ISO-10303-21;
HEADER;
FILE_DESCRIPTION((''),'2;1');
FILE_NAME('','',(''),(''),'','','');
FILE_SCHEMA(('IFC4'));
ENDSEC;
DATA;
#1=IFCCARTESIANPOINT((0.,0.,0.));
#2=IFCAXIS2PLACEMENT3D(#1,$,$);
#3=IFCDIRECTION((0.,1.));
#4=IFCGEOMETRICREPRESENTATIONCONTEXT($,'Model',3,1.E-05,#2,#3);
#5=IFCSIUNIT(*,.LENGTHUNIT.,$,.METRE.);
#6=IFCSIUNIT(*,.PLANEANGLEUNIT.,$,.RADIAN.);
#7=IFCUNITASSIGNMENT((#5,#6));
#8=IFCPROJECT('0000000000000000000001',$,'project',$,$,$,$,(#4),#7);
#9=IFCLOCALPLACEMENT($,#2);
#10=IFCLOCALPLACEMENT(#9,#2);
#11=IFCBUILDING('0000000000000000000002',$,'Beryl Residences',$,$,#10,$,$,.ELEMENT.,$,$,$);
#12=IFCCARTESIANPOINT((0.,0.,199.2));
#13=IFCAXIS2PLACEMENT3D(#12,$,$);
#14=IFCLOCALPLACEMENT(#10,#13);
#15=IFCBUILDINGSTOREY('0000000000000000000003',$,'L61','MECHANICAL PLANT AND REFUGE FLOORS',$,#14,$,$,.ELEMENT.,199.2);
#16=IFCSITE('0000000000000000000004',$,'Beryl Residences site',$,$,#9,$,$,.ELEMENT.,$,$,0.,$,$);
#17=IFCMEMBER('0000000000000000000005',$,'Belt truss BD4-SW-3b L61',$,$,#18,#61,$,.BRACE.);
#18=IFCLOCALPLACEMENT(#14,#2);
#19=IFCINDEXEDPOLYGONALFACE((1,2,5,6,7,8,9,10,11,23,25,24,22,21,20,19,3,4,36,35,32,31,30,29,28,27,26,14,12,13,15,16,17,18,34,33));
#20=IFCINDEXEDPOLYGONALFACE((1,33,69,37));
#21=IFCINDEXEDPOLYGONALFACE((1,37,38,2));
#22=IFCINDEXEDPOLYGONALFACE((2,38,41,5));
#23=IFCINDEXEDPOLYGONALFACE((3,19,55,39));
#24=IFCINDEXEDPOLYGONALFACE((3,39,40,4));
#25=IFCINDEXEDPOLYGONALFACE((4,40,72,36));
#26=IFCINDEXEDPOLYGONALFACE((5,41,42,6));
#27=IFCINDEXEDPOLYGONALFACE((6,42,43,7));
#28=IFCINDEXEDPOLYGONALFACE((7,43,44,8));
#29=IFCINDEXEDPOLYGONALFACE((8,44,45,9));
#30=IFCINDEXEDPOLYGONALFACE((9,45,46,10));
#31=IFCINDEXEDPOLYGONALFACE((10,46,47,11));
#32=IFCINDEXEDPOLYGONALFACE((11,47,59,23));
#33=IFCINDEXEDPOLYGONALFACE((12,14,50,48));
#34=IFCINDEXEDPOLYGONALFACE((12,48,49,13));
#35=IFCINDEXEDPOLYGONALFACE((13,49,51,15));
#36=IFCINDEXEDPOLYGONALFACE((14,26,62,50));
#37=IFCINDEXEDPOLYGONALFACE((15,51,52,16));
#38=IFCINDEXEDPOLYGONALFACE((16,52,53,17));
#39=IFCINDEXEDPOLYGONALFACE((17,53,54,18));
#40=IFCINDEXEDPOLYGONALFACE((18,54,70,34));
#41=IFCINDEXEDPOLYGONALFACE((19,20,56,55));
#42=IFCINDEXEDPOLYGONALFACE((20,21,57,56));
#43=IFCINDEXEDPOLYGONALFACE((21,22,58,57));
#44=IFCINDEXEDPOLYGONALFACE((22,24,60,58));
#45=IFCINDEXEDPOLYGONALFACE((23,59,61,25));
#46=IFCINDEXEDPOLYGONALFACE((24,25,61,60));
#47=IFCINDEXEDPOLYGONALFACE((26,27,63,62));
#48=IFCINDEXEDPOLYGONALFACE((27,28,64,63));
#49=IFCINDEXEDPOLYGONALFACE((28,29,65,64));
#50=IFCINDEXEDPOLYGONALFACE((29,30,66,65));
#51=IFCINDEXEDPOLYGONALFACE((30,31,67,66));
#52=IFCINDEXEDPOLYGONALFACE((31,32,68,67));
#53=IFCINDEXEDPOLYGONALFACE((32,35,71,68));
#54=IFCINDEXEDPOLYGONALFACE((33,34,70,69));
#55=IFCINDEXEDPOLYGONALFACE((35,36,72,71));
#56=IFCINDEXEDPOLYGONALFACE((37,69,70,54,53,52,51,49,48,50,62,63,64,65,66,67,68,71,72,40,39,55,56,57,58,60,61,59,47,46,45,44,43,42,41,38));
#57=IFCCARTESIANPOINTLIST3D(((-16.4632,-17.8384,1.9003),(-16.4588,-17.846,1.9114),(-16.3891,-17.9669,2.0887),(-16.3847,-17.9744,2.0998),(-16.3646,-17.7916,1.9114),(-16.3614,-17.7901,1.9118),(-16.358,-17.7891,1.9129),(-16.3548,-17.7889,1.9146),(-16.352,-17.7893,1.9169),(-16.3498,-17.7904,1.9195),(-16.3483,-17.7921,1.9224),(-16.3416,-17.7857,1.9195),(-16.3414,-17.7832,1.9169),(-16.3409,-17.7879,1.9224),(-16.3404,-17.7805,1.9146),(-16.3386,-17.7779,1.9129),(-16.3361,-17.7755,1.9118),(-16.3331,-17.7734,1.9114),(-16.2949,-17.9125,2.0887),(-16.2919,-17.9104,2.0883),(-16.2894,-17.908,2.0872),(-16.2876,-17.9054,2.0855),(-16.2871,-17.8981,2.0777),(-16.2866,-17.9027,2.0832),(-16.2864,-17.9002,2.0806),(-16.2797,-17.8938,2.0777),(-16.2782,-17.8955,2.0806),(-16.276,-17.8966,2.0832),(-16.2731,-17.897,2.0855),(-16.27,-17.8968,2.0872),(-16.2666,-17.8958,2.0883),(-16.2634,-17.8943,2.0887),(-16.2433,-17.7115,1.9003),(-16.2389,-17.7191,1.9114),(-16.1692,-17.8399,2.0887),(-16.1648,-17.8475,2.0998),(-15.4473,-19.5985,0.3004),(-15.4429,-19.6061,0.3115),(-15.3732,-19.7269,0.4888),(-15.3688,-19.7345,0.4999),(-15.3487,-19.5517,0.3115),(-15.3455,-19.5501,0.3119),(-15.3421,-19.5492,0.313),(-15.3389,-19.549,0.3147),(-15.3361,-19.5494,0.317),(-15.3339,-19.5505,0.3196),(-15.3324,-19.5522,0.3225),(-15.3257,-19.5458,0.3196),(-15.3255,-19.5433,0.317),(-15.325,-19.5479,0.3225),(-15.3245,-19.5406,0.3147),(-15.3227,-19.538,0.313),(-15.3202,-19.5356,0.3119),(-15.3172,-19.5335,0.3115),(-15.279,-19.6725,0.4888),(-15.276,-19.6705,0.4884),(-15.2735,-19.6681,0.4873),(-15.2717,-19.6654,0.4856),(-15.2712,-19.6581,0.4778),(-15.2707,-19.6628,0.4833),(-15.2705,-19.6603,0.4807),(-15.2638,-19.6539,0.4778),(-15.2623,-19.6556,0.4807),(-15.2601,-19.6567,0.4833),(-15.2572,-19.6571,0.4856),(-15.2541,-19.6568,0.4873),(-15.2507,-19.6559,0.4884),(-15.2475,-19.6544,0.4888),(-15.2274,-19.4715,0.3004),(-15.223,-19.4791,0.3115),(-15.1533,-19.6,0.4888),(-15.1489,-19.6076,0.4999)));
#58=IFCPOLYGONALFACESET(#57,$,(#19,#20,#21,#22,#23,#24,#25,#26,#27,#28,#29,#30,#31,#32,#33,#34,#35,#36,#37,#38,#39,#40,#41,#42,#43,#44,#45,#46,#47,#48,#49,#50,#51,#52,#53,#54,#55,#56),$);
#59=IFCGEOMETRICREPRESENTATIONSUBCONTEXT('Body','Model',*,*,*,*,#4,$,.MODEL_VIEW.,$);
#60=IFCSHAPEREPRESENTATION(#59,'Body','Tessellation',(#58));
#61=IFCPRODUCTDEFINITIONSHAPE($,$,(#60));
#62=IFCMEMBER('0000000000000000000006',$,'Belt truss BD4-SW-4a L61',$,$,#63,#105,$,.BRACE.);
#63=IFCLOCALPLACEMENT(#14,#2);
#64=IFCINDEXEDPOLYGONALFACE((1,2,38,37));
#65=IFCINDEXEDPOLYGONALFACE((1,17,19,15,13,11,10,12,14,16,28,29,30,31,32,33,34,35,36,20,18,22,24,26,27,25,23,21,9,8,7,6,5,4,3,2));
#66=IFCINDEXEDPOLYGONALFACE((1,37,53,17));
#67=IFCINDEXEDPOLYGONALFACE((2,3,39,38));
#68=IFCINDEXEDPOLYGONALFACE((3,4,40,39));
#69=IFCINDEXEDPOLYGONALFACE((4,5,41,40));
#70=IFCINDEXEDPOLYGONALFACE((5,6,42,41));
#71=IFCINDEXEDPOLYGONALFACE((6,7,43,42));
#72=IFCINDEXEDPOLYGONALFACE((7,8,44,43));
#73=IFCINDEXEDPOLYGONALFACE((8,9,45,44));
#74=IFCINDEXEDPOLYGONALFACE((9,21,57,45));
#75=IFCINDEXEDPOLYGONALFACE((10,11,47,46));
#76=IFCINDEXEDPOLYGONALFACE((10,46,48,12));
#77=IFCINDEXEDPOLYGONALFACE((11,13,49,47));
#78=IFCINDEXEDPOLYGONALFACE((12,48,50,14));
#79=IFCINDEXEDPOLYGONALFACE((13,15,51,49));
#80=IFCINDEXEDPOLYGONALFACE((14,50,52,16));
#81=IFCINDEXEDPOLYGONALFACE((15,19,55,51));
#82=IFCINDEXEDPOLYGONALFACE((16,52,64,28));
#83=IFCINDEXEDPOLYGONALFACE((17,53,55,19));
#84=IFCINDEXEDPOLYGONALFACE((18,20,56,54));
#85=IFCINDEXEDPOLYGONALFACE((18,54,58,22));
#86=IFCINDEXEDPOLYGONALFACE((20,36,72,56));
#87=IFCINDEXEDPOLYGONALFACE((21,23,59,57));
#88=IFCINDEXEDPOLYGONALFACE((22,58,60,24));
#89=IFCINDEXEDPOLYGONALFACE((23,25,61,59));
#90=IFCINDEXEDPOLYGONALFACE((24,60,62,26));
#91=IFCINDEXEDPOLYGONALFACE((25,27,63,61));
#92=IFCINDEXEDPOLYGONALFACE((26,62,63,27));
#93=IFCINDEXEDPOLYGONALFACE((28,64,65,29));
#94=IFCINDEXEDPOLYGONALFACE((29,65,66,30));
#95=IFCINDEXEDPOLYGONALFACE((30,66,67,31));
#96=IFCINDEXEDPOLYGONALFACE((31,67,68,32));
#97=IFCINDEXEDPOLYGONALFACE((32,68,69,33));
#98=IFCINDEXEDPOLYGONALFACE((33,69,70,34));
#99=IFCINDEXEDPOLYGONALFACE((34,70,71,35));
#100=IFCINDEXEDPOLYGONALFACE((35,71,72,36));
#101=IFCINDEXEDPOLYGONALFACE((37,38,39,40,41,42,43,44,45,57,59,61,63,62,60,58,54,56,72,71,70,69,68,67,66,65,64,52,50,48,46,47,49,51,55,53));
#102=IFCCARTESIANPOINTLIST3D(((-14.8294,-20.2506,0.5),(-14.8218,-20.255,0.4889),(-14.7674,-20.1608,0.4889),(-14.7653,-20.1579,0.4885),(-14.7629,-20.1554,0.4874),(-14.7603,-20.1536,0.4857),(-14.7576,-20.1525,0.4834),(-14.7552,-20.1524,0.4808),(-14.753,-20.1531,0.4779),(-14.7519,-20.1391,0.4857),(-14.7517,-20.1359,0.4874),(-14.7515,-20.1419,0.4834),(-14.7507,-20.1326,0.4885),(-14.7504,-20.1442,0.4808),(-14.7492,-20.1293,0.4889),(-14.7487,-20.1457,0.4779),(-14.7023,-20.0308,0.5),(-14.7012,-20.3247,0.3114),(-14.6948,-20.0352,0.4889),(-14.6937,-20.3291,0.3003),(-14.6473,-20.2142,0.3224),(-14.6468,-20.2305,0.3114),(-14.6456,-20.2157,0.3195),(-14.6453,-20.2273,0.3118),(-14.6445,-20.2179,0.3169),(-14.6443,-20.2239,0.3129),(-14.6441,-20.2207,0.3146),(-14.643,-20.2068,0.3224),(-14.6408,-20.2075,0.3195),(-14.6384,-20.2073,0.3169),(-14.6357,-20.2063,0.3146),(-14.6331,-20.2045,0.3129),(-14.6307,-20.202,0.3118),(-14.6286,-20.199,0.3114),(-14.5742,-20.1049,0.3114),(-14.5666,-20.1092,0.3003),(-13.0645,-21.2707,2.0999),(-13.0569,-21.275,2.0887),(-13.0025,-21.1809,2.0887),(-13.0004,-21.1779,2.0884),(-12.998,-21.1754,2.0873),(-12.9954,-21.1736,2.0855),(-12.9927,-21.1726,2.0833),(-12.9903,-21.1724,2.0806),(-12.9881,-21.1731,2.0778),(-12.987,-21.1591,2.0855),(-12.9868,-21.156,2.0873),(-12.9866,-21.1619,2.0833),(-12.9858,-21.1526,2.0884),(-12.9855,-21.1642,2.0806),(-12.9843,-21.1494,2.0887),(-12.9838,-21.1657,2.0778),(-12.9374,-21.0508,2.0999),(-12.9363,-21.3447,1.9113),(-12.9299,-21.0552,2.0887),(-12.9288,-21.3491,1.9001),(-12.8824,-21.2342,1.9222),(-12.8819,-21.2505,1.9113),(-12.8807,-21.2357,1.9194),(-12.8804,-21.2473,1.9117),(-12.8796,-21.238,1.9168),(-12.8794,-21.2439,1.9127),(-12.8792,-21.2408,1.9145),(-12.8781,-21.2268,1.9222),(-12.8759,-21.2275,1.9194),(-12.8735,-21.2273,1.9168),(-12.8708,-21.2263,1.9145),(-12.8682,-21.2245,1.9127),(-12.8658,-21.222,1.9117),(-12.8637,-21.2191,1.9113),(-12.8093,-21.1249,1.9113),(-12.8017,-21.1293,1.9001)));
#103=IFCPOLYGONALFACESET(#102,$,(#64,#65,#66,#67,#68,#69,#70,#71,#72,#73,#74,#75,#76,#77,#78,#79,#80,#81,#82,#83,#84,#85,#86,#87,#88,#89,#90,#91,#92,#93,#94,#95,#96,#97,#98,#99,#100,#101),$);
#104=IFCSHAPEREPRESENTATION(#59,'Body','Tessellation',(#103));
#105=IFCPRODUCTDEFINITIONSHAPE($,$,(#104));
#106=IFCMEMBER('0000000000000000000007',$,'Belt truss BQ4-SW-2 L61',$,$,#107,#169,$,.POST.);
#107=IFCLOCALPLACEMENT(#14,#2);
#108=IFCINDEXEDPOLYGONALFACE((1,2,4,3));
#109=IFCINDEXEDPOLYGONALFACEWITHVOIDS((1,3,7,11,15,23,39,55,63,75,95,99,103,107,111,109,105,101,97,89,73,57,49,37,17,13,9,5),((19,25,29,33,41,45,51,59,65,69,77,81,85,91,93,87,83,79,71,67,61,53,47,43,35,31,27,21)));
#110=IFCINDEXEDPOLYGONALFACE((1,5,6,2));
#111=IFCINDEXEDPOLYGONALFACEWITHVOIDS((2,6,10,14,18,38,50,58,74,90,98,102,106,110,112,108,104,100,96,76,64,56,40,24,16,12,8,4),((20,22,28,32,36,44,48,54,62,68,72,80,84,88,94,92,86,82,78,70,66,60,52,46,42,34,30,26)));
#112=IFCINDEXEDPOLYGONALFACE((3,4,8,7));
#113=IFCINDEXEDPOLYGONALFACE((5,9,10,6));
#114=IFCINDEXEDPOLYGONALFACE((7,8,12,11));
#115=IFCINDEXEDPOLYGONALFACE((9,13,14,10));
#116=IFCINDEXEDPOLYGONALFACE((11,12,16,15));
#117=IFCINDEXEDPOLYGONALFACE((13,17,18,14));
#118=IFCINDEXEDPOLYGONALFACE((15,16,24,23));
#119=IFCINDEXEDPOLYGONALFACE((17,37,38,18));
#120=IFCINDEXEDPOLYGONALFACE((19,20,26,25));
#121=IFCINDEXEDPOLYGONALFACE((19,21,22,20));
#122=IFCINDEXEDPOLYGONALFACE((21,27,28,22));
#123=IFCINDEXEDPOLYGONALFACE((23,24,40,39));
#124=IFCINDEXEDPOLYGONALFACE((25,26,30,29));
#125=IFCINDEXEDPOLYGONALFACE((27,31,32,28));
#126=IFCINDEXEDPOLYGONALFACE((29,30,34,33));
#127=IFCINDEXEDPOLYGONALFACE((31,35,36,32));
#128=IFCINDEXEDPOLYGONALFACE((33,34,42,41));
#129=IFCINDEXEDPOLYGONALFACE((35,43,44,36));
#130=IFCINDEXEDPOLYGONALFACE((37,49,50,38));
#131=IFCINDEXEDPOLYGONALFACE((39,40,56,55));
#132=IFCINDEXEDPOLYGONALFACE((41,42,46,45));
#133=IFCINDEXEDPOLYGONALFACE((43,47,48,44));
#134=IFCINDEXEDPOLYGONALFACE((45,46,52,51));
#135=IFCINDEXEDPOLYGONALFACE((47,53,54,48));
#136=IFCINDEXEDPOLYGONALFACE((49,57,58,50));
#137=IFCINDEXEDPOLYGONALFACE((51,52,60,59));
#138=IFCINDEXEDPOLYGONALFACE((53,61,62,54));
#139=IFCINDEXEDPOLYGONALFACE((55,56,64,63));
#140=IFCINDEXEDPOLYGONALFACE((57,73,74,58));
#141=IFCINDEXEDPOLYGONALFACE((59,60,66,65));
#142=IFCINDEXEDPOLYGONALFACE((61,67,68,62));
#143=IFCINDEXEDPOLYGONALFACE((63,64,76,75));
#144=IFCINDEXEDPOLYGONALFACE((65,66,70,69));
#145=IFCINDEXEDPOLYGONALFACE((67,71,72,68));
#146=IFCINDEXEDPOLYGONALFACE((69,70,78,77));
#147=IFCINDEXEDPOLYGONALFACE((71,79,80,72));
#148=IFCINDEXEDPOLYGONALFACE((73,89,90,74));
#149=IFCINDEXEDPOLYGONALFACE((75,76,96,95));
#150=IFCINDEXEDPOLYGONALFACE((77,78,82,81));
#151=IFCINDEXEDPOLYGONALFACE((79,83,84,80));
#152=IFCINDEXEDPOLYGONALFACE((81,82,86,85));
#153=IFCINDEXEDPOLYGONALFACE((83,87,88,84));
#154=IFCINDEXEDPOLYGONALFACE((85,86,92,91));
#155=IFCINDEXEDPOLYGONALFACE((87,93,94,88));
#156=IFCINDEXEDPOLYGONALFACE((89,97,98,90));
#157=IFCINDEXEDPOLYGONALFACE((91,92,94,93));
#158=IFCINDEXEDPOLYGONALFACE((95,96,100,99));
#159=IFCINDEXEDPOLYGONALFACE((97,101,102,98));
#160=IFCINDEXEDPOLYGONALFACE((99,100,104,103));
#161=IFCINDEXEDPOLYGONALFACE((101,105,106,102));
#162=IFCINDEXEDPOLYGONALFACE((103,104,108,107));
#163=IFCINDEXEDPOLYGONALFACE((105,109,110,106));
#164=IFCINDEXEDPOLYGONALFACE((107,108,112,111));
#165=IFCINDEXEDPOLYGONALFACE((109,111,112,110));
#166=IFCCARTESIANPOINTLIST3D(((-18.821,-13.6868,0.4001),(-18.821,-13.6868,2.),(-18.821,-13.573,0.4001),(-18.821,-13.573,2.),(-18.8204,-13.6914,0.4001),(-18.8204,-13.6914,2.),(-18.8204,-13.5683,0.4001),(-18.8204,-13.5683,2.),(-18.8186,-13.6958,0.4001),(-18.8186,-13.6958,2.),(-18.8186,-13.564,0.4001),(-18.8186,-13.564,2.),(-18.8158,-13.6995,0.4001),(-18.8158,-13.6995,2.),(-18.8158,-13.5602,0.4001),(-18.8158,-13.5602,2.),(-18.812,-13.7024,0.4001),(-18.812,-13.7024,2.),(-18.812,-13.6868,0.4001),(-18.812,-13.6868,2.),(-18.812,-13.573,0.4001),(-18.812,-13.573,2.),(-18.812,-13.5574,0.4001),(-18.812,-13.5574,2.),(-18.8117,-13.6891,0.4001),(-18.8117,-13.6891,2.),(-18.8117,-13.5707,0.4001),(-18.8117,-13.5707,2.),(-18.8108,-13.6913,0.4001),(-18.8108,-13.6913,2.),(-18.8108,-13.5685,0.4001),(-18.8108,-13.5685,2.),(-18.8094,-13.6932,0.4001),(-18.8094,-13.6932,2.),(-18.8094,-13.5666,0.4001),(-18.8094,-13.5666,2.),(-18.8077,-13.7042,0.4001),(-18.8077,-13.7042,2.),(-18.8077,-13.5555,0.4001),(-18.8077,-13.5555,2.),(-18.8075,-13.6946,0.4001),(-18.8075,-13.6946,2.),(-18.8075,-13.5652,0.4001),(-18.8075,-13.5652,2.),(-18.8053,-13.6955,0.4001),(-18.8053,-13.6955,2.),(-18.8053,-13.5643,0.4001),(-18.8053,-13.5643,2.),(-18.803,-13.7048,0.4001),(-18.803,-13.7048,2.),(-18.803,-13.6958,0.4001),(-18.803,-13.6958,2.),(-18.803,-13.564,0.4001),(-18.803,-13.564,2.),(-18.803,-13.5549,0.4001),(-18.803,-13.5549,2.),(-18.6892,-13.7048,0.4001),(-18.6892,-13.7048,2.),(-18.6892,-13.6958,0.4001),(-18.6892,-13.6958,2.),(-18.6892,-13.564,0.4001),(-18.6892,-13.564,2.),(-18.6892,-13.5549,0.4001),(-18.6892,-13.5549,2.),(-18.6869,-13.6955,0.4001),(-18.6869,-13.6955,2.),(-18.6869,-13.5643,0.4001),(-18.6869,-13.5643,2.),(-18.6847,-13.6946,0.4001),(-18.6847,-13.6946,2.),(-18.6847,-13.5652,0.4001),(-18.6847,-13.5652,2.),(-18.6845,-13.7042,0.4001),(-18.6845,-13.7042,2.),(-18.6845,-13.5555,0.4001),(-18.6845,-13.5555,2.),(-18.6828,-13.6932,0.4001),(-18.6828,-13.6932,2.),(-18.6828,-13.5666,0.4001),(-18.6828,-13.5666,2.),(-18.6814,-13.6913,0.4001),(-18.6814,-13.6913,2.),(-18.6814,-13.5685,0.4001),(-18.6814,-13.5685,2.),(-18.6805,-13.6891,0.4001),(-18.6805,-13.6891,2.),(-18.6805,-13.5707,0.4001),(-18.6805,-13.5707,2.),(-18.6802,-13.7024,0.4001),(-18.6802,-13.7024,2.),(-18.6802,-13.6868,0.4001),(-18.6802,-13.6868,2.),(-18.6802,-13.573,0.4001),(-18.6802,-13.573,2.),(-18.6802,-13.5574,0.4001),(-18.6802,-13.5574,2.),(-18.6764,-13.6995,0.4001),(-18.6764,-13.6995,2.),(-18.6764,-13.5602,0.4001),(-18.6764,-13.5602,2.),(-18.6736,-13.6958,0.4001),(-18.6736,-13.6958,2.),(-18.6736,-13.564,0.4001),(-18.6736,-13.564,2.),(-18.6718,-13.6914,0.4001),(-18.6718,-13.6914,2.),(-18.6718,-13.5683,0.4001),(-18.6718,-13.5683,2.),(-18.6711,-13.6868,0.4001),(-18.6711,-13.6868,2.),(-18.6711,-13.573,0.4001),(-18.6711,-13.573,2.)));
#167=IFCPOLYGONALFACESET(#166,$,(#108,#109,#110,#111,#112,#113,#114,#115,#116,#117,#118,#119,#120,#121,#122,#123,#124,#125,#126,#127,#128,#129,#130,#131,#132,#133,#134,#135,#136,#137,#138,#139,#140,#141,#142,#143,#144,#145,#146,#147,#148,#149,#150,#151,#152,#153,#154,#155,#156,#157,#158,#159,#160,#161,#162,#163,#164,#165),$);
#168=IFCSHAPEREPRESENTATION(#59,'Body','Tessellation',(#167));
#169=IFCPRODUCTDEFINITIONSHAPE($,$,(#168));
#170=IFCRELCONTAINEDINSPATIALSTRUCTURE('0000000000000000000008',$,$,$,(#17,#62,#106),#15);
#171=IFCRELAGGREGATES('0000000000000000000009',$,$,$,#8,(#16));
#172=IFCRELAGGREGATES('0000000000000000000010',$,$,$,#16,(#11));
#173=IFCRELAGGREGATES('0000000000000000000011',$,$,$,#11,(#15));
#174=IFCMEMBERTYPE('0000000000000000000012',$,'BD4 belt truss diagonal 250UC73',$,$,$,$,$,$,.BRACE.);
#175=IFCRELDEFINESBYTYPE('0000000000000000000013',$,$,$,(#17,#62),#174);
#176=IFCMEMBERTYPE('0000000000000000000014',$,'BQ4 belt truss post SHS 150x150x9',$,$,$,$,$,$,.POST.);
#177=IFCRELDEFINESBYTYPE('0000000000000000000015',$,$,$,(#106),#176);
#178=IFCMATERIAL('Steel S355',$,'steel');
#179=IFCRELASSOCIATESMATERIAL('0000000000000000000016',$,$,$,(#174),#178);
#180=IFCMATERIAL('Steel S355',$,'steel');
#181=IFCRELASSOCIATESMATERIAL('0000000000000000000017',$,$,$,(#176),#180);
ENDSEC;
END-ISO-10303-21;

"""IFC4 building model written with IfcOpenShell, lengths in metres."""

from ifc_helpers import new_model, si_unit, direction, frame, origin, origin_2d, place, context, subcontext, project, spatial, hollow_rectangle, i_section, extrude, material, material_profile, profile_set, type_object, element, save


model = new_model("IFC4")

# Units and contexts
model_context = context("Model", 3, precision=1e-05, world=origin(), true_north=direction((0.0, 1.0)))
body_context = subcontext(model_context, "Body", "Model", "MODEL_VIEW")
ifc_project = project(units=[si_unit("LENGTHUNIT", "METRE"), si_unit("PLANEANGLEUNIT", "RADIAN")], contexts=[model_context])

# Site, building, storey
site_placement = place(None, origin())
site = spatial("IfcSite", under=ifc_project, at=site_placement, Name="Beryl Residences site", CompositionType="ELEMENT", RefElevation=0.0)
building_placement = place(site_placement, origin())
building = spatial("IfcBuilding", under=site, at=building_placement, Name="Beryl Residences", CompositionType="ELEMENT")
storey_placement = place(building_placement, frame((0.0, 0.0, 199.2)))
storey = spatial("IfcBuildingStorey", under=building, at=storey_placement, Name="L61", Description="MECHANICAL PLANT AND REFUGE FLOORS", CompositionType="ELEMENT", Elevation=199.2)

# Members
ifc_material_1 = material(Name="Steel S355", Category="steel")
ifc_material_profile_1 = material_profile(ifc_material_1, i_section(OverallWidth=0.2539, OverallDepth=0.2539, WebThickness=0.0085, FlangeThickness=0.0142, FilletRadius=0.0139, at=origin_2d()))
ifc_profile_set_1 = profile_set([ifc_material_profile_1], Name="Steel S355")
member_type_1 = type_object("IfcMemberType", Name="BD4 belt truss diagonal 250UC73", PredefinedType="BRACE", material=ifc_profile_set_1)
member_1_placement = place(storey_placement, frame((-15.2981, -19.603, 0.4001), z_axis=(-0.392782, 0.680502, 0.618578), x_axis=(-0.866084, -0.499899, 0.0)))
element("IfcMember", 1, at=member_1_placement, inside=storey, type_object=member_type_1, Name="Belt truss BD4-SW-3b L61", PredefinedType="BRACE", context=body_context, shape_type="SweptSolid", body=[
    extrude(i_section(OverallWidth=0.2539, OverallDepth=0.2539, WebThickness=0.0085, FlangeThickness=0.0142, FilletRadius=0.0139, at=origin_2d()), origin(), (0.0, 0.0, 1.0), 2.5864),
])
member_2_placement = place(storey_placement, frame((-14.698, -20.1799, 0.4001), z_axis=(0.681085, -0.393633, 0.617395), x_axis=(0.500389, 0.865801, 0.0)))
element("IfcMember", 2, at=member_2_placement, inside=storey, type_object=member_type_1, Name="Belt truss BD4-SW-4a L61", PredefinedType="BRACE", context=body_context, shape_type="SweptSolid", body=[
    extrude(i_section(OverallWidth=0.2539, OverallDepth=0.2539, WebThickness=0.0085, FlangeThickness=0.0142, FilletRadius=0.0139, at=origin_2d()), origin(), (0.0, 0.0, 1.0), 2.5913),
])
ifc_material_2 = material(Name="Steel S355", Category="steel")
ifc_material_profile_2 = material_profile(ifc_material_2, hollow_rectangle(XDim=0.1499, YDim=0.1499, WallThickness=0.009, InnerFilletRadius=0.009, OuterFilletRadius=0.0181, at=origin_2d()))
ifc_profile_set_2 = profile_set([ifc_material_profile_2], Name="Steel S355")
member_type_2 = type_object("IfcMemberType", Name="BQ4 belt truss post SHS 150x150x9", PredefinedType="POST", material=ifc_profile_set_2)
for number, where, z_axis, x_axis, name in (
    (3, (-18.7461, -13.6299, 0.4001), (0.0, 0.0, 1.0), (1.0, 0.0, 0.0), "Belt truss BQ4-SW-2 L61"),
):
    element("IfcMember", number, at=place(storey_placement, frame(where, z_axis=z_axis, x_axis=x_axis)), inside=storey, type_object=member_type_2, Name=name, PredefinedType="POST", context=body_context, shape_type="SweptSolid", body=[
        extrude(hollow_rectangle(XDim=0.1499, YDim=0.1499, WallThickness=0.009, InnerFilletRadius=0.009, OuterFilletRadius=0.0181, at=origin_2d()), origin(), (0.0, 0.0, 1.0), 1.5999),
    ])

save(model, "model.ifc")
